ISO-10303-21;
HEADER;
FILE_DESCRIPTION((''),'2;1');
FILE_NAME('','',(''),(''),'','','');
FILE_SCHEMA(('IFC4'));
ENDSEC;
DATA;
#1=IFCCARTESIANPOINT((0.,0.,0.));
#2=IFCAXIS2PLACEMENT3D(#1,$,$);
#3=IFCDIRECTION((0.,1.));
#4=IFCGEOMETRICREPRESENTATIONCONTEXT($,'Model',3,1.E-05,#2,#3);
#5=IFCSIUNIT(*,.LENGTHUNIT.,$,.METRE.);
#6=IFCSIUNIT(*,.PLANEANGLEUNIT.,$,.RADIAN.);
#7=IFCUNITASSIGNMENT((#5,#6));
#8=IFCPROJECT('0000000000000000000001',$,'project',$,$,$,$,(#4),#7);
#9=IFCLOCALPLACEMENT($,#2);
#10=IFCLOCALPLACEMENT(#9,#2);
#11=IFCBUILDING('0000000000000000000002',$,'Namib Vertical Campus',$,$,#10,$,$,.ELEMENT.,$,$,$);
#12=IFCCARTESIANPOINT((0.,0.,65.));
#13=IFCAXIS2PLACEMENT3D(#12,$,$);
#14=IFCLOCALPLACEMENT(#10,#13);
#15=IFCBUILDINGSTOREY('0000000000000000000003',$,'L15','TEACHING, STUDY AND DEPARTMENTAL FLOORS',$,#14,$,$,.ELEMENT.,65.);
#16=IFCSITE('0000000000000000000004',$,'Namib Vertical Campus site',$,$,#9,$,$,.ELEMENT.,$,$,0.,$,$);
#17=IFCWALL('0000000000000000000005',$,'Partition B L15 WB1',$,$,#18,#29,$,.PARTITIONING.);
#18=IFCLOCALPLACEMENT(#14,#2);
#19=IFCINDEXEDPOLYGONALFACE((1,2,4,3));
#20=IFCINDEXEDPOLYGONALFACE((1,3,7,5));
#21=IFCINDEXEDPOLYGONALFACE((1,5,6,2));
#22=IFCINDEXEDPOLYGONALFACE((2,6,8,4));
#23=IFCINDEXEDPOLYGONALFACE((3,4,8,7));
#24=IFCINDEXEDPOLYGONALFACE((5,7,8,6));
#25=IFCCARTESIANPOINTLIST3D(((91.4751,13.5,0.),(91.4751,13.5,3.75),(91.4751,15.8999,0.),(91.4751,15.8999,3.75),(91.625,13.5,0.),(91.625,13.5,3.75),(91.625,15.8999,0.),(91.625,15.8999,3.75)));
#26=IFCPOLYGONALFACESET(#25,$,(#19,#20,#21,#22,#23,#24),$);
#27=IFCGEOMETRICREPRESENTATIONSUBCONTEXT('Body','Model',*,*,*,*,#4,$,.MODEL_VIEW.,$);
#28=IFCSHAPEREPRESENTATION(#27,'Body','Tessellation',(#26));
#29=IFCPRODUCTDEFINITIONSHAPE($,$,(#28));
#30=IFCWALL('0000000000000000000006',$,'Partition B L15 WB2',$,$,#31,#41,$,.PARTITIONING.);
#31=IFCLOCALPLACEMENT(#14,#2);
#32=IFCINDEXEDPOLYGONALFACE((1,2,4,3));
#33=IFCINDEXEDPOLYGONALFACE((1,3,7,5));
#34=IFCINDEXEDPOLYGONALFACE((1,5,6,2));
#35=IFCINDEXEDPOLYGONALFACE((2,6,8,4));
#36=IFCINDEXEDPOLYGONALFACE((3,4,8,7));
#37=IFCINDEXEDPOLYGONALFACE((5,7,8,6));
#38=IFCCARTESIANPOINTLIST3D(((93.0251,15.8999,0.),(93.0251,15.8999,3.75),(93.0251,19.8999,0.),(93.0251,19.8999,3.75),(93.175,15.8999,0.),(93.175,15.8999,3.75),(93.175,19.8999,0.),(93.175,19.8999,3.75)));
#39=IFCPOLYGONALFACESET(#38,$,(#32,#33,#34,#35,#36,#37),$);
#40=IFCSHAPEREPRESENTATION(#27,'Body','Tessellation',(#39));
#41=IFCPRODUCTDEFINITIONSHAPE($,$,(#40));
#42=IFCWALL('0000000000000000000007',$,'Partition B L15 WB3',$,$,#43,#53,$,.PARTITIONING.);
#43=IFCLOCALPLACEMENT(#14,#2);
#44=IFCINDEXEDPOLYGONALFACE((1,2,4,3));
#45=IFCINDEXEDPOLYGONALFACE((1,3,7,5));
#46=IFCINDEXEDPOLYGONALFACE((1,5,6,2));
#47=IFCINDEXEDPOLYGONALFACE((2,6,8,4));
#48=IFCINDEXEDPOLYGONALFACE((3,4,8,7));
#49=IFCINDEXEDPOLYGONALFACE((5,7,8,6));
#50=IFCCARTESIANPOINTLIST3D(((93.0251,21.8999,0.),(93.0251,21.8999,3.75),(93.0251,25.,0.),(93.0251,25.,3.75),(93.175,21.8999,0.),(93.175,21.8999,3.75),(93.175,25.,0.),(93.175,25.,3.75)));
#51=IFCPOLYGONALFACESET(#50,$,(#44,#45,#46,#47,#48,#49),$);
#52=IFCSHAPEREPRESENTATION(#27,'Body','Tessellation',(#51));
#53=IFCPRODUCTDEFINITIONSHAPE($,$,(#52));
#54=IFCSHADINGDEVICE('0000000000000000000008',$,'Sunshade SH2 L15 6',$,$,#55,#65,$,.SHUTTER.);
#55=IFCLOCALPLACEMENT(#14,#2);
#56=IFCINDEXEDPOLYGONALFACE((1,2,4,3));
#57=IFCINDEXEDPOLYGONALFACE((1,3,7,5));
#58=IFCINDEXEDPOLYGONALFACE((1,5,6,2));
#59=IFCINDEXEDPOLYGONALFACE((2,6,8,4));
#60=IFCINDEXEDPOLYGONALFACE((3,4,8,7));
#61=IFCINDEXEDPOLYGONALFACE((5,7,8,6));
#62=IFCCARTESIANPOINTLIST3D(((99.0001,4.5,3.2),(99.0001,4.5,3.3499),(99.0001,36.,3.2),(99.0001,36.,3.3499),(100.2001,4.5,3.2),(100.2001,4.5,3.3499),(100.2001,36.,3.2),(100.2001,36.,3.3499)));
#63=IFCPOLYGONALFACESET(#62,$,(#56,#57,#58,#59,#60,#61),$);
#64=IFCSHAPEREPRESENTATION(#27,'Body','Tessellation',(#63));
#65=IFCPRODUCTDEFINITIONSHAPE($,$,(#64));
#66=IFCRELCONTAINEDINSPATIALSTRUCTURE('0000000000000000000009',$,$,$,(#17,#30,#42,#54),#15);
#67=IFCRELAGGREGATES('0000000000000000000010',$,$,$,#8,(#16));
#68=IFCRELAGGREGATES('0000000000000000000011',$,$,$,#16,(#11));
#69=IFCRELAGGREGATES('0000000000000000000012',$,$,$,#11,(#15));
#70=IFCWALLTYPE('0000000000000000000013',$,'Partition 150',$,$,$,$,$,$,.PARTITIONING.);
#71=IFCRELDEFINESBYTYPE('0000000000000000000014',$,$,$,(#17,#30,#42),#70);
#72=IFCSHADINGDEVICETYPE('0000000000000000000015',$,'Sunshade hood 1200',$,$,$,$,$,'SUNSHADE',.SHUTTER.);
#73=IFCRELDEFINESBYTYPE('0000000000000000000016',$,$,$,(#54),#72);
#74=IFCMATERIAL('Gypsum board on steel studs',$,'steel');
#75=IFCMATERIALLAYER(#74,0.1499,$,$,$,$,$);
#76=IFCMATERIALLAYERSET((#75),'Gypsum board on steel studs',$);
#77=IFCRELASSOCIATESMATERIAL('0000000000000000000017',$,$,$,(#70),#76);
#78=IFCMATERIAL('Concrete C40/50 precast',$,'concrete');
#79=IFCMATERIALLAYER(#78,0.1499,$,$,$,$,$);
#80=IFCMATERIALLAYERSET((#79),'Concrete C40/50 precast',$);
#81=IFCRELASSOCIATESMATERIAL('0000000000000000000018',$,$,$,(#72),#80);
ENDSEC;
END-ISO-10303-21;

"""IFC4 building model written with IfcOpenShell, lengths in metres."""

from ifc_helpers import new_model, si_unit, direction, frame, frame_2d, origin, origin_2d, place, context, subcontext, project, spatial, rectangle, extrude, material, layer, layer_set, type_object, element, save


model = new_model("IFC4")

# Units and contexts
model_context = context("Model", 3, precision=1e-05, world=origin(), true_north=direction((0.0, 1.0)))
body_context = subcontext(model_context, "Body", "Model", "MODEL_VIEW")
ifc_project = project(units=[si_unit("LENGTHUNIT", "METRE"), si_unit("PLANEANGLEUNIT", "RADIAN")], contexts=[model_context])

# Site, building, storey
site_placement = place(None, origin())
site = spatial("IfcSite", under=ifc_project, at=site_placement, Name="Namib Vertical Campus site", CompositionType="ELEMENT", RefElevation=0.0)
building_placement = place(site_placement, origin())
building = spatial("IfcBuilding", under=site, at=building_placement, Name="Namib Vertical Campus", CompositionType="ELEMENT")
storey_placement = place(building_placement, frame((0.0, 0.0, 65.0)))
storey = spatial("IfcBuildingStorey", under=building, at=storey_placement, Name="L15", Description="TEACHING, STUDY AND DEPARTMENTAL FLOORS", CompositionType="ELEMENT", Elevation=65.0)

# Walls
ifc_material_1 = material(Name="Gypsum board on steel studs", Category="steel")
ifc_layer_1 = layer(ifc_material_1, 0.1499)
ifc_layer_set_1 = layer_set([ifc_layer_1], Name="Gypsum board on steel studs")
wall_type_1 = type_object("IfcWallType", Name="Partition 150", PredefinedType="PARTITIONING", material=ifc_layer_set_1)
wall_1_placement = place(storey_placement, frame((91.55, 13.5, 0.0), z_axis=(0.0, 0.0, 1.0), x_axis=(0.0, 1.0, 0.0)))
element("IfcWall", 1, at=wall_1_placement, inside=storey, type_object=wall_type_1, Name="Partition B L15 WB1", PredefinedType="PARTITIONING", context=body_context, shape_type="SweptSolid", body=[
    extrude(rectangle(XDim=2.3999, YDim=0.1499, at=frame_2d((1.2, 0.0))), origin(), (0.0, 0.0, 1.0), 3.75),
])
wall_2_placement = place(storey_placement, frame((93.1001, 15.8999, 0.0), z_axis=(0.0, 0.0, 1.0), x_axis=(0.0, 1.0, 0.0)))
element("IfcWall", 2, at=wall_2_placement, inside=storey, type_object=wall_type_1, Name="Partition B L15 WB2", PredefinedType="PARTITIONING", context=body_context, shape_type="SweptSolid", body=[
    extrude(rectangle(XDim=4.0, YDim=0.1499, at=frame_2d((2.0, 0.0))), origin(), (0.0, 0.0, 1.0), 3.75),
])
wall_3_placement = place(storey_placement, frame((93.1001, 21.8999, 0.0), z_axis=(0.0, 0.0, 1.0), x_axis=(0.0, 1.0, 0.0)))
element("IfcWall", 3, at=wall_3_placement, inside=storey, type_object=wall_type_1, Name="Partition B L15 WB3", PredefinedType="PARTITIONING", context=body_context, shape_type="SweptSolid", body=[
    extrude(rectangle(XDim=3.1001, YDim=0.1499, at=frame_2d((1.55, 0.0))), origin(), (0.0, 0.0, 1.0), 3.75),
])

# Shading device
ifc_material_2 = material(Name="Concrete C40/50 precast", Category="concrete")
ifc_layer_2 = layer(ifc_material_2, 0.1499)
ifc_layer_set_2 = layer_set([ifc_layer_2], Name="Concrete C40/50 precast")
shading_device_type = type_object("IfcShadingDeviceType", Name="Sunshade hood 1200", ElementType="SUNSHADE", PredefinedType="SHUTTER", material=ifc_layer_set_2)
shading_device_placement = place(storey_placement, frame((99.6001, 20.25, 3.2), z_axis=(0.0, 0.0, 1.0), x_axis=(0.0, 1.0, 0.0)))
element("IfcShadingDevice", 4, at=shading_device_placement, inside=storey, type_object=shading_device_type, Name="Sunshade SH2 L15 6", PredefinedType="SHUTTER", context=body_context, shape_type="SweptSolid", body=[
    extrude(rectangle(XDim=31.5, YDim=1.2, at=origin_2d()), origin(), (0.0, 0.0, 1.0), 0.1499),
])

save(model, "model.ifc")
